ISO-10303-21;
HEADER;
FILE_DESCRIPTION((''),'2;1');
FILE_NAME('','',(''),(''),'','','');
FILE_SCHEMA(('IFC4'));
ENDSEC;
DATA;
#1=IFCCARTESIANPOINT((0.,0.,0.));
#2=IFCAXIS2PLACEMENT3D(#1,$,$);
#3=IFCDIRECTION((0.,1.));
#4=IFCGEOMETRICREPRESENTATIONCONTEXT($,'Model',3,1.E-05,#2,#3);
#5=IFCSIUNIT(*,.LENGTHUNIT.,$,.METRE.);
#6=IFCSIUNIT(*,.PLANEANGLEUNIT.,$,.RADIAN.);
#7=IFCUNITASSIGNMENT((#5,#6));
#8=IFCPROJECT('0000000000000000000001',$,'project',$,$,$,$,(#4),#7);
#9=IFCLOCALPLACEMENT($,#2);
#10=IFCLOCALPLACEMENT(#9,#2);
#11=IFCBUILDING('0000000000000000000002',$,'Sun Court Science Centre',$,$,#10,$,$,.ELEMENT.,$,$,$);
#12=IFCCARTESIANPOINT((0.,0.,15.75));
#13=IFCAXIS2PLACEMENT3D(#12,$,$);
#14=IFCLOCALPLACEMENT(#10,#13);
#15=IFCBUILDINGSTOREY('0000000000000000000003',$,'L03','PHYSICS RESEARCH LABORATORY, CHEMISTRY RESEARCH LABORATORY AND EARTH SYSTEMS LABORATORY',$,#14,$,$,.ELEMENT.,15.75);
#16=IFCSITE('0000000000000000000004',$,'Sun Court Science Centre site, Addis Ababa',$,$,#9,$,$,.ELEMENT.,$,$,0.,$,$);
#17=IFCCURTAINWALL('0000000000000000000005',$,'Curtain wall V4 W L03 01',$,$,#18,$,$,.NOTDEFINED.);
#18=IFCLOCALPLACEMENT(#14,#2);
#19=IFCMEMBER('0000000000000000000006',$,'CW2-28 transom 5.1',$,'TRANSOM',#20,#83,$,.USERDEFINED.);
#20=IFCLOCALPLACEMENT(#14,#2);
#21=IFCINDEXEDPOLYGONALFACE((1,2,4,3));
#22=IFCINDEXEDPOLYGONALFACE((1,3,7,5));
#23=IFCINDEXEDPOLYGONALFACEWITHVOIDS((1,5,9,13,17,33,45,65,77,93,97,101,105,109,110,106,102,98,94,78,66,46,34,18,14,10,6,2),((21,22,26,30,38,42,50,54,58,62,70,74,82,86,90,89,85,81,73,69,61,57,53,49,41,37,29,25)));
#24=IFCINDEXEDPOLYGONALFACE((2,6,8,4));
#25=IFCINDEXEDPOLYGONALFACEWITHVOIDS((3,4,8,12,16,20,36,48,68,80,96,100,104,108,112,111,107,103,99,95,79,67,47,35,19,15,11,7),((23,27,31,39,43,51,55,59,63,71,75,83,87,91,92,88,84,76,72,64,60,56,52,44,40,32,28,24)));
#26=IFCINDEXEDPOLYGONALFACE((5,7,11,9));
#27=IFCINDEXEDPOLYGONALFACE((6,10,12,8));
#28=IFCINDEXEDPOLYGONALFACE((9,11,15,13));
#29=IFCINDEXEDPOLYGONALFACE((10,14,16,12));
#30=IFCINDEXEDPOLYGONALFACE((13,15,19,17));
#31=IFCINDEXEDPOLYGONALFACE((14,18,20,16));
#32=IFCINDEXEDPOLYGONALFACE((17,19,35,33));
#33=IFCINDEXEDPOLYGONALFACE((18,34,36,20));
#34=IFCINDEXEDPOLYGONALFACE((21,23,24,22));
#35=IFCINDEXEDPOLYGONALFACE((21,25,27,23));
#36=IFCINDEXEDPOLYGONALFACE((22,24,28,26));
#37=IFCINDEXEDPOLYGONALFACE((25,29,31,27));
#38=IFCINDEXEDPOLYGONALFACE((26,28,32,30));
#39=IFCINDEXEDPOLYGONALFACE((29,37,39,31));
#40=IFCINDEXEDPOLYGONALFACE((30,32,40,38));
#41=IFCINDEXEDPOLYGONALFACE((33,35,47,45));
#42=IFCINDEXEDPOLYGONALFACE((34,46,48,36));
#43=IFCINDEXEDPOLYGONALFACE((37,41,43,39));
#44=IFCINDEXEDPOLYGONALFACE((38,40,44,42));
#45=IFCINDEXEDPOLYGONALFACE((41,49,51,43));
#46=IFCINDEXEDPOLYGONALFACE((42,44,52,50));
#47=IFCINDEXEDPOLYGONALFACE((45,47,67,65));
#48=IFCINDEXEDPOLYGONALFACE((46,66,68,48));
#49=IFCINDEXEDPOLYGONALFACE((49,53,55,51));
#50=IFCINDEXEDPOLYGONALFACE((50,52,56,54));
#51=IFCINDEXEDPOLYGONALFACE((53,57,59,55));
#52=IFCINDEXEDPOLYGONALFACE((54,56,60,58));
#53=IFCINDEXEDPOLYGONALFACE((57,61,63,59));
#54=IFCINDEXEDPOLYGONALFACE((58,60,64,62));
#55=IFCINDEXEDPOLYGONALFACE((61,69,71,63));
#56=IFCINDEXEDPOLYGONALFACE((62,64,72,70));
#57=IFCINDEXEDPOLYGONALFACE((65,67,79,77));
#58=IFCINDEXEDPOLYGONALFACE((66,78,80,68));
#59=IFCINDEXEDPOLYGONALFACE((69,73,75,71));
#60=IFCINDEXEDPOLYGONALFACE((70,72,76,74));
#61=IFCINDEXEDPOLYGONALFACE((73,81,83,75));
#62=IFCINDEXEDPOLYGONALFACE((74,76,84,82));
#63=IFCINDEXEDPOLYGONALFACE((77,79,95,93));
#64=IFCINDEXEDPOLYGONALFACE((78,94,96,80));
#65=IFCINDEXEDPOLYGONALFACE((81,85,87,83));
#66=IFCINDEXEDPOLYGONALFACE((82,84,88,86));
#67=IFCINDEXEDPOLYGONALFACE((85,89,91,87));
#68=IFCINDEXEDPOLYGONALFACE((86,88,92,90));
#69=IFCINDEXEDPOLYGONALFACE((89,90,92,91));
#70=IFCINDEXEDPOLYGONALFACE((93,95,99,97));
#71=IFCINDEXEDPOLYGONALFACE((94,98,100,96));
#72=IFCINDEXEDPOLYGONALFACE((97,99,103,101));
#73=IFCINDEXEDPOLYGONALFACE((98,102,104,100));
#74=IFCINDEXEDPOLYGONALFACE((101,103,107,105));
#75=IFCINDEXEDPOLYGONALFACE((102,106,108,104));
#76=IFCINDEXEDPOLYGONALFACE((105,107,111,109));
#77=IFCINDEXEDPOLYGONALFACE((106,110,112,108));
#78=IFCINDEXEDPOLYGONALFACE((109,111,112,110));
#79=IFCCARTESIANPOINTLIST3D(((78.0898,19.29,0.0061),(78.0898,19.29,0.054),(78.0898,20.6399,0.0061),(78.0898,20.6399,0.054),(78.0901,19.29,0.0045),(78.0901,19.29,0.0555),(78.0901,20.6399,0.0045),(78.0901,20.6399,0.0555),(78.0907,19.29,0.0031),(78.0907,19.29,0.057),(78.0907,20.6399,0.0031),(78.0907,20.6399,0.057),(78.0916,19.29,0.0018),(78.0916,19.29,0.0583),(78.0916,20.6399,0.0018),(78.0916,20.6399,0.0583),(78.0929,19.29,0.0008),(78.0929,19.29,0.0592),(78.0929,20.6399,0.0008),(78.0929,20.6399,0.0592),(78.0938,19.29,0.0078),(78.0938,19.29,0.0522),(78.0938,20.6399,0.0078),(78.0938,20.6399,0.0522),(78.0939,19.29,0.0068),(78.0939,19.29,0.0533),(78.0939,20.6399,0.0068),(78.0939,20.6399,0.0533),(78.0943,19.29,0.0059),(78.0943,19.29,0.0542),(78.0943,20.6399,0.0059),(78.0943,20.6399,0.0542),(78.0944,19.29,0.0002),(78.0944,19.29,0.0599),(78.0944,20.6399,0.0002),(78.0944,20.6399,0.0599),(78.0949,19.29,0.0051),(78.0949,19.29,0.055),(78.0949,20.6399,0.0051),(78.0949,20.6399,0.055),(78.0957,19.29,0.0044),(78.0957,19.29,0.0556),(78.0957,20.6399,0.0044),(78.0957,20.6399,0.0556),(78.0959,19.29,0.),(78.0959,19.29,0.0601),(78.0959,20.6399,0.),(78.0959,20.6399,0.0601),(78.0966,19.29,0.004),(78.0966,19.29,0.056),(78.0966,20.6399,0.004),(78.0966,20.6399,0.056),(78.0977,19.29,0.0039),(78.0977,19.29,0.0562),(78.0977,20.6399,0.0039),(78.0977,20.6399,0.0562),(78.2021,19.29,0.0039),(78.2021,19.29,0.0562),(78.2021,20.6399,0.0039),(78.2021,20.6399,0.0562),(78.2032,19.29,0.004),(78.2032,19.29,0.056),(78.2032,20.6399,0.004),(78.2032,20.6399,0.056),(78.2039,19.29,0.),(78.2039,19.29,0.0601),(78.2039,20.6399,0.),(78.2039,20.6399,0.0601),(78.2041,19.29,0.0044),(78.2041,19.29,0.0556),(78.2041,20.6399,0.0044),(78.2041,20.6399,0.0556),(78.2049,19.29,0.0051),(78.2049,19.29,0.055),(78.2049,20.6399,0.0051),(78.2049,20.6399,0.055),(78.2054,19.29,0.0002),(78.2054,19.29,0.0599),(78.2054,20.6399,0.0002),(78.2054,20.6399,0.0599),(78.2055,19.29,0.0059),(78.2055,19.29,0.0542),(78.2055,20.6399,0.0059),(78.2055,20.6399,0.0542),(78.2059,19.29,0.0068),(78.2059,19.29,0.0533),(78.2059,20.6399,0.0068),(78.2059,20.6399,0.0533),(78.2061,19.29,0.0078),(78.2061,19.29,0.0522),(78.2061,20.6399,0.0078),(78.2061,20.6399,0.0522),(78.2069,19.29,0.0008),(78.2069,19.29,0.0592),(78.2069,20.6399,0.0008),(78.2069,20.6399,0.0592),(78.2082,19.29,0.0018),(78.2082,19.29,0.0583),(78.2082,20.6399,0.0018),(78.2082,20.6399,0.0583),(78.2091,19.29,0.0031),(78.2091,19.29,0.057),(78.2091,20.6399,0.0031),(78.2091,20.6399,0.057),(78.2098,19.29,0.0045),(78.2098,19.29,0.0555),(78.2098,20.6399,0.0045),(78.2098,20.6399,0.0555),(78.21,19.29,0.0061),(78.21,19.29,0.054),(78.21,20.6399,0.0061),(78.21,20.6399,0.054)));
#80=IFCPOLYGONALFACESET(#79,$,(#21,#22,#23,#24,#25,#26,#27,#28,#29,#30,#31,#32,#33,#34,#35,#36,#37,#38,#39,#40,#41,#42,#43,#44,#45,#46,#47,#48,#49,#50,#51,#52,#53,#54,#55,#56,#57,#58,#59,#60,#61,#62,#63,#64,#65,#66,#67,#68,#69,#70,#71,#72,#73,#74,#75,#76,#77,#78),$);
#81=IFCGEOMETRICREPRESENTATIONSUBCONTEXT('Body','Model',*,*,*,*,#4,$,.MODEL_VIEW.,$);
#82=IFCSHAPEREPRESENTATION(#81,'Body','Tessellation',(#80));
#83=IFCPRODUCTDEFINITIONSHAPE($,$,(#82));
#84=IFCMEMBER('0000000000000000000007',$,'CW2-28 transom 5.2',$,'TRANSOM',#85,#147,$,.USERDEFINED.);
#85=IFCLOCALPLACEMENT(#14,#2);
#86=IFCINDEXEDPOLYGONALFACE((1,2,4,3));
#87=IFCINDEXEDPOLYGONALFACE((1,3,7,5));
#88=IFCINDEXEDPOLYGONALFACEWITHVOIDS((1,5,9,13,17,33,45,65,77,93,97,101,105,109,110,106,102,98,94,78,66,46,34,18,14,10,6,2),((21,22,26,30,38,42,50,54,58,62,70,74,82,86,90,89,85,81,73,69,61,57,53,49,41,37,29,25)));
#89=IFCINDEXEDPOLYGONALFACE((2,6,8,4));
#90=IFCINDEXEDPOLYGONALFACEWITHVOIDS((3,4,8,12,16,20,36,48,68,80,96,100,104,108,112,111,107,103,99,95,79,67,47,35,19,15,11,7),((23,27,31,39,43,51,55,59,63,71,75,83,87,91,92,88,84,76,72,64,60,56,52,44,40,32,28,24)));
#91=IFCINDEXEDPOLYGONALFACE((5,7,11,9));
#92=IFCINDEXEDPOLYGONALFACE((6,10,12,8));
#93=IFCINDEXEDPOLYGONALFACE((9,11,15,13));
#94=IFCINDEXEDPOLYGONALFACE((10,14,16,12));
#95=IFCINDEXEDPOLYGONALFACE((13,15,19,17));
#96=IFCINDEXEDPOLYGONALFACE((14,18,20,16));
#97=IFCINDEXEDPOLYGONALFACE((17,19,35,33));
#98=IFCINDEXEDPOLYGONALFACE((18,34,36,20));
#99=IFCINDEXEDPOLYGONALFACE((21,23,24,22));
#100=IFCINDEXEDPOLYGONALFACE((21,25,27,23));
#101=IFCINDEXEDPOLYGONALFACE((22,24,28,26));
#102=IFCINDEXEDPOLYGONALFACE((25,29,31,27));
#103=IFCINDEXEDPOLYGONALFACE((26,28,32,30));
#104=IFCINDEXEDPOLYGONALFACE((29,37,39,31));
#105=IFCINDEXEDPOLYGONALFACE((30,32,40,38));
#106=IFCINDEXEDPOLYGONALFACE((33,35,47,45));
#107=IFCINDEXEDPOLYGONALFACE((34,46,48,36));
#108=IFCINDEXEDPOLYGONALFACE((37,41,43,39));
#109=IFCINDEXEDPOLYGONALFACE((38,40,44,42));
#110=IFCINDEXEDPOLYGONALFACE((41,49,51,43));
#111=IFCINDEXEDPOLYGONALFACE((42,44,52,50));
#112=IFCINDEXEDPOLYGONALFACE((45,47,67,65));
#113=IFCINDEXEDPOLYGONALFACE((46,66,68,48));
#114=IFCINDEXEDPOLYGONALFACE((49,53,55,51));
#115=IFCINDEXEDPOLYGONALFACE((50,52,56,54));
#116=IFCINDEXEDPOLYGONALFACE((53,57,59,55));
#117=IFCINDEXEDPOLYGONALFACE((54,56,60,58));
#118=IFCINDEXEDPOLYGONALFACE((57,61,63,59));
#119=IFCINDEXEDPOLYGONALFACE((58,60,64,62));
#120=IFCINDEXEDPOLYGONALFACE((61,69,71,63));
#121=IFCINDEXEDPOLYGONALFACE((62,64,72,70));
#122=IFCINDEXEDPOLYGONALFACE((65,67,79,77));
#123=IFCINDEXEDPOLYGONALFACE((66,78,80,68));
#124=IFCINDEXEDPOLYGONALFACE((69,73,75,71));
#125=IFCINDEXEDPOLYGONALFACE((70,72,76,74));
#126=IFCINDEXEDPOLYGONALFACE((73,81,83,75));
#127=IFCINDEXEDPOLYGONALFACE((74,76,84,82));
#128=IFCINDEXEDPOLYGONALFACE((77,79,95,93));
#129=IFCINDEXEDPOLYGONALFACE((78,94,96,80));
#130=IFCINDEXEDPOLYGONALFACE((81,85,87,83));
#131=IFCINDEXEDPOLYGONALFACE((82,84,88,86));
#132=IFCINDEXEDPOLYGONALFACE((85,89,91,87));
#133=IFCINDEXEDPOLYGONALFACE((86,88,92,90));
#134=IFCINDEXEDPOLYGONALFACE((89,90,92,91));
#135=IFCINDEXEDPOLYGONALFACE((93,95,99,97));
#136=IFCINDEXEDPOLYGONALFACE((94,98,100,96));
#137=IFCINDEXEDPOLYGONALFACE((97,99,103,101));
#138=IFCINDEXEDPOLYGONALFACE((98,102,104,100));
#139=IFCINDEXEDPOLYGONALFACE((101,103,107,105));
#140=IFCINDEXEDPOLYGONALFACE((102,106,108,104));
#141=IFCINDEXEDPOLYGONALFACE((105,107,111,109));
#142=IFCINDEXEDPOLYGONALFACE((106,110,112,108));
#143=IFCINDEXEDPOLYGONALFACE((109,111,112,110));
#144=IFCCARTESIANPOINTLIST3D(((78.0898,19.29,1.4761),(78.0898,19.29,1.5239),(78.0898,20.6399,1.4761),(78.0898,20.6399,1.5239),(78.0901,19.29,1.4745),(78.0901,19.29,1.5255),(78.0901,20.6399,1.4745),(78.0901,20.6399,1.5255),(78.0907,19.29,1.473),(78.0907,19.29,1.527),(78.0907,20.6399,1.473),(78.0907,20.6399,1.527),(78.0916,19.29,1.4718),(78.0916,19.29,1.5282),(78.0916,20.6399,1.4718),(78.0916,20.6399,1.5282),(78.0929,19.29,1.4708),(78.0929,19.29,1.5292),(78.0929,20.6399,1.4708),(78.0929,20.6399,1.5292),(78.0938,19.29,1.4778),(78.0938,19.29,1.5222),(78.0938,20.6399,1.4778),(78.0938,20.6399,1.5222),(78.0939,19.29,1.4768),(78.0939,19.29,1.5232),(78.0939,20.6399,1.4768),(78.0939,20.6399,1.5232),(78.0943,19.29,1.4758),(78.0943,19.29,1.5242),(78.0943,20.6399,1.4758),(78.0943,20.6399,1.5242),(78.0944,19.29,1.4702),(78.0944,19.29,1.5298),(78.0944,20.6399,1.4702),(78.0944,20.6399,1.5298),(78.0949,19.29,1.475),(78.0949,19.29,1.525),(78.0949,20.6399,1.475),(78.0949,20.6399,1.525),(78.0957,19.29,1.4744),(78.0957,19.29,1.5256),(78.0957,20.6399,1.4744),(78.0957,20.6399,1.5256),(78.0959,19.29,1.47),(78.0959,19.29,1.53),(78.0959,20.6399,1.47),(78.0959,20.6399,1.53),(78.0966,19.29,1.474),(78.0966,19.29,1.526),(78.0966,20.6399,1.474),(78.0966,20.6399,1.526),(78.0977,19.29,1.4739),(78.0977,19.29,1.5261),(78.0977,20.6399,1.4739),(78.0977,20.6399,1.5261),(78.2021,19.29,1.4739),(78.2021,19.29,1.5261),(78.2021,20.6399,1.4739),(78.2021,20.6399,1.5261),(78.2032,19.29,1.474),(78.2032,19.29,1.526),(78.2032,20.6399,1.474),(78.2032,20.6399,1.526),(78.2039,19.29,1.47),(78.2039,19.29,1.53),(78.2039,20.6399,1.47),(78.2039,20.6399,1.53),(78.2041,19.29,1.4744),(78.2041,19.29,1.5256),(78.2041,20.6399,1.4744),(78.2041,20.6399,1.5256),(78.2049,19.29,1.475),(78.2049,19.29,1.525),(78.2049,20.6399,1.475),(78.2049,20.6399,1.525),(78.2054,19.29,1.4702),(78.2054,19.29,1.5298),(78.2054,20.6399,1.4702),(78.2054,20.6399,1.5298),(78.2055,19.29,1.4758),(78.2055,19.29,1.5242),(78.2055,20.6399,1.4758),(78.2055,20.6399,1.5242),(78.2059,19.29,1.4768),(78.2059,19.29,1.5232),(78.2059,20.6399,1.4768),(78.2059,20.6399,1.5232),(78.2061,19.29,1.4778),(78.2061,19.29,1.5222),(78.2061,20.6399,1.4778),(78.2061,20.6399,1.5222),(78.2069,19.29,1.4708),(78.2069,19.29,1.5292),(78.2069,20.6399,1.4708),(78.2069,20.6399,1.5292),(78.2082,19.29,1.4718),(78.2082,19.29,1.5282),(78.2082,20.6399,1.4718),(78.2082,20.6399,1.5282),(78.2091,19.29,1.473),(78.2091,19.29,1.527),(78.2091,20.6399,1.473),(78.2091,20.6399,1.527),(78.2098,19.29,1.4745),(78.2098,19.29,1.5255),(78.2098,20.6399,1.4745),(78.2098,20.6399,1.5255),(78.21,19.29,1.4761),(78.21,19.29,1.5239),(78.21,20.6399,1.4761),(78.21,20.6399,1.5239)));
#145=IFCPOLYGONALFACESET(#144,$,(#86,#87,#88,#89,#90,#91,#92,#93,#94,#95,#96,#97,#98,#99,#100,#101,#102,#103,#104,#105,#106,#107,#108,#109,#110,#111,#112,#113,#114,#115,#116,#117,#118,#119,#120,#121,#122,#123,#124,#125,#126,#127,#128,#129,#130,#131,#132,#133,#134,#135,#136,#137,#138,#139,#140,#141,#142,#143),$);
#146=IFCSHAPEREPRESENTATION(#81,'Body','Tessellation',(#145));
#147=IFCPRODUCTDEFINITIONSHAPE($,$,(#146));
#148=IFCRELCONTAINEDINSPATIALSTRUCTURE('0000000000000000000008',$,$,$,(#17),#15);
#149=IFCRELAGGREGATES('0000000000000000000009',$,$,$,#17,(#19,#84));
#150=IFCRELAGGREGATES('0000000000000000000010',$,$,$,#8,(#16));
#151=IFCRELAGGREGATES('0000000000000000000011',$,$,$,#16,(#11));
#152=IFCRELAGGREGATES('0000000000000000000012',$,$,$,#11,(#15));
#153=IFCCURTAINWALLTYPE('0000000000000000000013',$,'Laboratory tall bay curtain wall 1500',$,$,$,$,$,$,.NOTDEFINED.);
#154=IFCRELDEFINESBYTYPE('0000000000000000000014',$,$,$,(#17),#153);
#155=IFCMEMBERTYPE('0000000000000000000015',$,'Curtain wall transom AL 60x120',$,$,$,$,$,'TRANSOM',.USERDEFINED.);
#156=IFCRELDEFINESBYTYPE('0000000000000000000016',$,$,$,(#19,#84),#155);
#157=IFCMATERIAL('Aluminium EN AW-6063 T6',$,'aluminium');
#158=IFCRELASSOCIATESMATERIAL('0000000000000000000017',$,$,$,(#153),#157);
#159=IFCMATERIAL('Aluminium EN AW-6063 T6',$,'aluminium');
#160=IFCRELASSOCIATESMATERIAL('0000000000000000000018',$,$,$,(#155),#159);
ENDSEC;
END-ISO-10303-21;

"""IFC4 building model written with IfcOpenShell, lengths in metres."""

from ifc_helpers import new_model, si_unit, direction, frame, origin, origin_2d, place, context, subcontext, project, spatial, hollow_rectangle, extrude, material, material_profile, profile_set, type_object, element, aggregate, save


model = new_model("IFC4")

# Units and contexts
model_context = context("Model", 3, precision=1e-05, world=origin(), true_north=direction((0.0, 1.0)))
body_context = subcontext(model_context, "Body", "Model", "MODEL_VIEW")
ifc_project = project(units=[si_unit("LENGTHUNIT", "METRE"), si_unit("PLANEANGLEUNIT", "RADIAN")], contexts=[model_context])

# Site, building, storey
site_placement = place(None, origin())
site = spatial("IfcSite", under=ifc_project, at=site_placement, Name="Sun Court Science Centre site, Addis Ababa", CompositionType="ELEMENT", RefElevation=0.0)
building_placement = place(site_placement, origin())
building = spatial("IfcBuilding", under=site, at=building_placement, Name="Sun Court Science Centre", CompositionType="ELEMENT")
storey_placement = place(building_placement, frame((0.0, 0.0, 15.75)))
storey = spatial("IfcBuildingStorey", under=building, at=storey_placement, Name="L03", Description="PHYSICS RESEARCH LABORATORY, CHEMISTRY RESEARCH LABORATORY AND EARTH SYSTEMS LABORATORY", CompositionType="ELEMENT", Elevation=15.75)

# Curtain wall
ifc_material_1 = material(Name="Aluminium EN AW-6063 T6", Category="aluminium")
curtain_wall_type = type_object("IfcCurtainWallType", Name="Laboratory tall bay curtain wall 1500", PredefinedType="NOTDEFINED", material=ifc_material_1)
curtain_wall_1_placement = place(storey_placement, origin())
curtain_wall_1 = element("IfcCurtainWall", 1, at=curtain_wall_1_placement, inside=storey, type_object=curtain_wall_type, Name="Curtain wall V4 W L03 01", PredefinedType="NOTDEFINED")

# Members
ifc_material_2 = material(Name="Aluminium EN AW-6063 T6", Category="aluminium")
ifc_material_profile_1 = material_profile(ifc_material_2, hollow_rectangle(XDim=0.0601, YDim=0.1201, WallThickness=0.0039, InnerFilletRadius=0.0039, OuterFilletRadius=0.0061, at=origin_2d()), Name="AL 60x120x4")
ifc_profile_set_1 = profile_set([ifc_material_profile_1], Name="Aluminium EN AW-6063 T6")
member_type_1 = type_object("IfcMemberType", Name="Curtain wall transom AL 60x120", ElementType="TRANSOM", PredefinedType="USERDEFINED", material=ifc_profile_set_1)
member_1_placement = place(storey_placement, frame((78.1499, 19.29, 0.03), z_axis=(0.0, 1.0, 0.0), x_axis=(0.0, 0.0, 1.0)))
member_1 = element("IfcMember", 2, at=member_1_placement, type_object=member_type_1, Name="CW2-28 transom 5.1", ObjectType="TRANSOM", PredefinedType="USERDEFINED", context=body_context, shape_type="SweptSolid", body=[
    extrude(hollow_rectangle(XDim=0.0601, YDim=0.1201, WallThickness=0.0039, InnerFilletRadius=0.0039, OuterFilletRadius=0.0061, at=origin_2d()), origin(), (0.0, 0.0, 1.0), 1.3499),
])
member_2_placement = place(storey_placement, frame((78.1499, 19.29, 1.5), z_axis=(0.0, 1.0, 0.0), x_axis=(0.0, 0.0, 1.0)))
member_2 = element("IfcMember", 3, at=member_2_placement, type_object=member_type_1, Name="CW2-28 transom 5.2", ObjectType="TRANSOM", PredefinedType="USERDEFINED", context=body_context, shape_type="SweptSolid", body=[
    extrude(hollow_rectangle(XDim=0.0601, YDim=0.1201, WallThickness=0.0039, InnerFilletRadius=0.0039, OuterFilletRadius=0.0061, at=origin_2d()), origin(), (0.0, 0.0, 1.0), 1.3499),
])

aggregate(curtain_wall_1, [member_1, member_2])

save(model, "model.ifc")
